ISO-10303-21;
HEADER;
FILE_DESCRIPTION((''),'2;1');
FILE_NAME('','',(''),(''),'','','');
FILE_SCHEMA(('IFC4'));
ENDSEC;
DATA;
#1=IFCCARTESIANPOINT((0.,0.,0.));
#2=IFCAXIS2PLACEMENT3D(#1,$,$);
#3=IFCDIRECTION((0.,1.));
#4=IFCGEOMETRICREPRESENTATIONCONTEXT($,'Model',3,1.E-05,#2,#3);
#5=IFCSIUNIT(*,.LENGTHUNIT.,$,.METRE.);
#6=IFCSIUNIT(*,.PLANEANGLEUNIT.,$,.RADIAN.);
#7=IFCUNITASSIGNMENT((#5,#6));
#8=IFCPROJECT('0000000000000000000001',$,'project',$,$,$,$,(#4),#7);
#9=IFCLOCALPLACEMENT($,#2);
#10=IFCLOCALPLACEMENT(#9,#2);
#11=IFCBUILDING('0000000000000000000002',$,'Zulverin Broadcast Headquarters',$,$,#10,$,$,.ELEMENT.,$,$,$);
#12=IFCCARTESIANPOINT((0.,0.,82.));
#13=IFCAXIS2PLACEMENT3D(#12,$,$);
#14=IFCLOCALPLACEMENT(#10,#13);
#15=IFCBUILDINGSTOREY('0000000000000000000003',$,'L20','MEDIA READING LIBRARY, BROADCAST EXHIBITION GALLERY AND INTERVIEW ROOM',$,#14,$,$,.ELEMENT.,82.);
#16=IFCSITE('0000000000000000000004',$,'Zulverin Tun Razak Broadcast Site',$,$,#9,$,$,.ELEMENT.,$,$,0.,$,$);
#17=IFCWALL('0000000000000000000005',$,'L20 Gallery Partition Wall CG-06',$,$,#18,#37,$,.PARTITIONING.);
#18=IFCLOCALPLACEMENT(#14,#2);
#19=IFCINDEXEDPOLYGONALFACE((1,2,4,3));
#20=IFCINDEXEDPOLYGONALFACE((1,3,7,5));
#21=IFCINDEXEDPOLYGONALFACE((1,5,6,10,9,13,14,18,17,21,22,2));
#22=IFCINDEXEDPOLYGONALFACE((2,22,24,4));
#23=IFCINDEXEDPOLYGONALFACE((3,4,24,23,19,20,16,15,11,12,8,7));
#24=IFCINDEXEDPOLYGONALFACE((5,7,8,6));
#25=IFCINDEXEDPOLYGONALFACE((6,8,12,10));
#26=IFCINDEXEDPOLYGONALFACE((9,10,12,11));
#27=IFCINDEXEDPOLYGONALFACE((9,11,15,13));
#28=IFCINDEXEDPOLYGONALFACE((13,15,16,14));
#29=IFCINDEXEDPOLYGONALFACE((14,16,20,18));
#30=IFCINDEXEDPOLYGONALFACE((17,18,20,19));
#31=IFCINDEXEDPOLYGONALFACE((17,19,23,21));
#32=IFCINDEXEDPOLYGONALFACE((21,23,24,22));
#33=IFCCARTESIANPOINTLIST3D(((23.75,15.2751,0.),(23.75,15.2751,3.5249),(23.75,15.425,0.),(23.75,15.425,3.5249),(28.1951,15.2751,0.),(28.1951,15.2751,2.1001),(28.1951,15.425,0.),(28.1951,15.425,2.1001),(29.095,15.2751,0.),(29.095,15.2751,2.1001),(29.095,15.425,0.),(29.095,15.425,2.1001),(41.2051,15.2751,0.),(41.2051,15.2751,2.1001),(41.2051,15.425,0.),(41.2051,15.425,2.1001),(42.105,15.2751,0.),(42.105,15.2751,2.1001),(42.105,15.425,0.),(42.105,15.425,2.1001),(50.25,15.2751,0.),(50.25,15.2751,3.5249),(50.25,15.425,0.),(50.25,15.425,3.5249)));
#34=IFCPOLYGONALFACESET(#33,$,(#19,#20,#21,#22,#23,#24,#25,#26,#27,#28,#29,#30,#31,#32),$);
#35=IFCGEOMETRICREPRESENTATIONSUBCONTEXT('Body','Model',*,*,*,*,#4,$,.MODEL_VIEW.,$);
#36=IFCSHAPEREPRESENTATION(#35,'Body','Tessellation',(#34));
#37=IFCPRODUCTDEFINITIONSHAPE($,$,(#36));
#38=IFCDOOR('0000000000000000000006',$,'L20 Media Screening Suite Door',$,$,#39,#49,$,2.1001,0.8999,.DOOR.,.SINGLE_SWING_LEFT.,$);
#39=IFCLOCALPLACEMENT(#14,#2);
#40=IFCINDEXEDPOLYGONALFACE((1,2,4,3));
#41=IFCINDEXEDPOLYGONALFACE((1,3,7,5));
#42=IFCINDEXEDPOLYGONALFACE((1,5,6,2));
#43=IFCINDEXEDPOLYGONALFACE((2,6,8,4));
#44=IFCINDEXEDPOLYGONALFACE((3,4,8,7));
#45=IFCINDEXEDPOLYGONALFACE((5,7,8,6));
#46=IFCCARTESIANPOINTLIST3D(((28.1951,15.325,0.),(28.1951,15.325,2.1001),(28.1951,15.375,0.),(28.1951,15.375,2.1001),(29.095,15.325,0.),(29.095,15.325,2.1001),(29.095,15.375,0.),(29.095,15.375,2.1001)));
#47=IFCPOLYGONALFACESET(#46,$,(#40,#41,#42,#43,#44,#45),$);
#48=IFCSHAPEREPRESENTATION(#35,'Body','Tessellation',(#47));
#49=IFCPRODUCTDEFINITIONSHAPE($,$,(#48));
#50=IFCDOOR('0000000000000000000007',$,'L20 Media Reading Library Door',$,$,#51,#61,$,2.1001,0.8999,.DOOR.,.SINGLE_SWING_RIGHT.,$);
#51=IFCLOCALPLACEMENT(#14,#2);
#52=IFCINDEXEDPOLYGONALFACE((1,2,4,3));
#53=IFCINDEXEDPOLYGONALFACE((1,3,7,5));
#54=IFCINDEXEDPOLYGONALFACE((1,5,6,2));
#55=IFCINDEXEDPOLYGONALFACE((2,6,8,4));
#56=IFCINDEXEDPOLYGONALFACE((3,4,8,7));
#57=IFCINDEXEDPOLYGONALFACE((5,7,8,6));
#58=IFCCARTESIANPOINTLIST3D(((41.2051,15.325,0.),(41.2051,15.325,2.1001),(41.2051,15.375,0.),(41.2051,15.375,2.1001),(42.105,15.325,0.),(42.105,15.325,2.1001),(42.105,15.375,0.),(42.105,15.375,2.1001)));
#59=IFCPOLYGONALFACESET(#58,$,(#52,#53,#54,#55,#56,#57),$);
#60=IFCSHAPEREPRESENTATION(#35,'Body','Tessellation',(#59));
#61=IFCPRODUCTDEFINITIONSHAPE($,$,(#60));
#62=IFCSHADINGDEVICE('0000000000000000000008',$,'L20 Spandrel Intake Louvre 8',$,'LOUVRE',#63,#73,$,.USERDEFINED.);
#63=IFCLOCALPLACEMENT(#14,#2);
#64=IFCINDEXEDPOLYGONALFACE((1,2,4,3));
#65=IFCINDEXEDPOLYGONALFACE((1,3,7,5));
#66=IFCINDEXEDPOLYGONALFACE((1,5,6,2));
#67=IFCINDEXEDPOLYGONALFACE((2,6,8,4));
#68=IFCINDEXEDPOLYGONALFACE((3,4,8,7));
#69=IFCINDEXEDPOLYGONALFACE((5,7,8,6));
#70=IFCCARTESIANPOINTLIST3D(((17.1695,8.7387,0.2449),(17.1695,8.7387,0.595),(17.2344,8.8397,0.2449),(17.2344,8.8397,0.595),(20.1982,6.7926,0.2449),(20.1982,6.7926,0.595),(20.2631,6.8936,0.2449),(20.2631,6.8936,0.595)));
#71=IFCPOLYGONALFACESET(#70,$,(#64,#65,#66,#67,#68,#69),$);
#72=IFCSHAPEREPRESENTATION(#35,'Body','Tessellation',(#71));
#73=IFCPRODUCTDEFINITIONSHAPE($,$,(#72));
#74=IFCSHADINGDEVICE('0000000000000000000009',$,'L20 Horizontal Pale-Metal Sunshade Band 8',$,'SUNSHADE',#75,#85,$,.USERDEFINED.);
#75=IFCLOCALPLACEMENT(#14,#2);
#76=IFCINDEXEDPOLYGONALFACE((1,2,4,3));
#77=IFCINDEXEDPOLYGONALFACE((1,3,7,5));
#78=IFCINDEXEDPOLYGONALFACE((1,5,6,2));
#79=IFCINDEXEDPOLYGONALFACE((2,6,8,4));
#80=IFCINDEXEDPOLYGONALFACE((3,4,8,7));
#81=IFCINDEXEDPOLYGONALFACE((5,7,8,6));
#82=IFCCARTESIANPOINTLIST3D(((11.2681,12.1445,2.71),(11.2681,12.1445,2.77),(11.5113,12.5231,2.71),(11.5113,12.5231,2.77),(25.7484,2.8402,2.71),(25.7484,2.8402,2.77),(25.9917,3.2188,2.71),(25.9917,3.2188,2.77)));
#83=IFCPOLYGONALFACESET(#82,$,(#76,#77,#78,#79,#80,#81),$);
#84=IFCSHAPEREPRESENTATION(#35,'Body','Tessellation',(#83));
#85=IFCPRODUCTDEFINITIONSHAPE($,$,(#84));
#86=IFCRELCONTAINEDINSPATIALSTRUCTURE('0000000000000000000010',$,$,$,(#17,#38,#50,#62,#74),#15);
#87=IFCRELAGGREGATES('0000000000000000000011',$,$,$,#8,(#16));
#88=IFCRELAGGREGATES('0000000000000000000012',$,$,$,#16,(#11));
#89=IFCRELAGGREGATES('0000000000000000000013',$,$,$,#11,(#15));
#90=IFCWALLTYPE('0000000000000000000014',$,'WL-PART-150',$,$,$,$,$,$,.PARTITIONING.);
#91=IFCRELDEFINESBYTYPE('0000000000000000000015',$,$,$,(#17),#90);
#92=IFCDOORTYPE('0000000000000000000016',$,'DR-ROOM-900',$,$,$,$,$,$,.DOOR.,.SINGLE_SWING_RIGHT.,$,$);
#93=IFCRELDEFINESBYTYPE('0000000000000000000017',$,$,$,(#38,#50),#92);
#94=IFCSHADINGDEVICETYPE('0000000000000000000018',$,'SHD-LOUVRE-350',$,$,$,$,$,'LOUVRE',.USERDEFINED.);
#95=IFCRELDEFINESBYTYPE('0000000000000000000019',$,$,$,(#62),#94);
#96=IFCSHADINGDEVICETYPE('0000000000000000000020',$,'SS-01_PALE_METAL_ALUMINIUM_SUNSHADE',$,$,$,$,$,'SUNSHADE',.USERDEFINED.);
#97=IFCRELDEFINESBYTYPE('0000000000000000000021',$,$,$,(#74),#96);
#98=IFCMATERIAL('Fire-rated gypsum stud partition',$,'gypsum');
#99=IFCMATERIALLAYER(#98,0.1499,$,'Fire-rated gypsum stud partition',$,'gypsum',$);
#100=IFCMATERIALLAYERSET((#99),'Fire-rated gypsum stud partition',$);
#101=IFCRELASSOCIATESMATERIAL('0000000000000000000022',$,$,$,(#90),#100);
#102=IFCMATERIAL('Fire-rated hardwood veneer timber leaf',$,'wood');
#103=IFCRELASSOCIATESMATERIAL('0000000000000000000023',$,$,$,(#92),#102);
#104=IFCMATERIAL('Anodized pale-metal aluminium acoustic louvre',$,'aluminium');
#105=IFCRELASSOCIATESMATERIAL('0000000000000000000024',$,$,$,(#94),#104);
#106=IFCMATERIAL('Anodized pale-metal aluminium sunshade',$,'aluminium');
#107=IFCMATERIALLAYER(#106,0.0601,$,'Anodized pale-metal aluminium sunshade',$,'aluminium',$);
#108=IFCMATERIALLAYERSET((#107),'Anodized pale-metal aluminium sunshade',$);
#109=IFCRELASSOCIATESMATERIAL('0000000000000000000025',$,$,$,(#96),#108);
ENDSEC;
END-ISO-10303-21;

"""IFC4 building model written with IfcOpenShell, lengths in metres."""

from ifc_helpers import new_model, si_unit, direction, frame, frame_2d, origin, origin_2d, place, context, subcontext, project, spatial, rectangle, extrude, material, layer, layer_set, type_object, element, fill, save


model = new_model("IFC4")

# Units and contexts
model_context = context("Model", 3, precision=1e-05, world=origin(), true_north=direction((0.0, 1.0)))
body_context = subcontext(model_context, "Body", "Model", "MODEL_VIEW")
ifc_project = project(units=[si_unit("LENGTHUNIT", "METRE"), si_unit("PLANEANGLEUNIT", "RADIAN")], contexts=[model_context])

# Site, building, storey
site_placement = place(None, origin())
site = spatial("IfcSite", under=ifc_project, at=site_placement, Name="Zulverin Tun Razak Broadcast Site", CompositionType="ELEMENT", RefElevation=0.0)
building_placement = place(site_placement, origin())
building = spatial("IfcBuilding", under=site, at=building_placement, Name="Zulverin Broadcast Headquarters", CompositionType="ELEMENT")
storey_placement = place(building_placement, frame((0.0, 0.0, 82.0)))
storey = spatial("IfcBuildingStorey", under=building, at=storey_placement, Name="L20", Description="MEDIA READING LIBRARY, BROADCAST EXHIBITION GALLERY AND INTERVIEW ROOM", CompositionType="ELEMENT", Elevation=82.0)

# Wall, openings, doors
ifc_material_1 = material(Name="Fire-rated gypsum stud partition", Category="gypsum")
ifc_layer_1 = layer(ifc_material_1, 0.1499, Name="Fire-rated gypsum stud partition", Category="gypsum")
ifc_layer_set_1 = layer_set([ifc_layer_1], Name="Fire-rated gypsum stud partition")
wall_type_1 = type_object("IfcWallType", Name="WL-PART-150", PredefinedType="PARTITIONING", material=ifc_layer_set_1)
ifc_material_2 = material(Name="Fire-rated hardwood veneer timber leaf", Category="wood")
door_type = type_object("IfcDoorType", Name="DR-ROOM-900", OperationType="SINGLE_SWING_RIGHT", PredefinedType="DOOR", material=ifc_material_2)
wall_1_placement = place(storey_placement, frame((23.75, 15.3501, 0.0), z_axis=(0.0, 0.0, 1.0), x_axis=(1.0, 0.0, 0.0)))
wall_1 = element("IfcWall", 1, at=wall_1_placement, inside=storey, type_object=wall_type_1, Name="L20 Gallery Partition Wall CG-06", PredefinedType="PARTITIONING", context=body_context, shape_type="SweptSolid", body=[
    extrude(rectangle(XDim=26.5, YDim=0.1499, at=frame_2d((13.25, 0.0))), origin(), (0.0, 0.0, 1.0), 3.5249),
])
opening_1_placement = place(wall_1_placement, frame((4.4451, 0.0, 0.0)))
opening_1 = element("IfcOpeningElement", 2, at=opening_1_placement, cuts=wall_1, PredefinedType="OPENING", context=body_context, shape_type="SweptSolid", body=[
    extrude(rectangle(XDim=0.8999, YDim=2.1001, at=frame_2d((0.45, 1.05))), frame((0.0, 0.085, 0.0), z_axis=(0.0, -1.0, 0.0), x_axis=(1.0, 0.0, 0.0)), (0.0, 0.0, 1.0), 0.1699),
])
opening_2_placement = place(wall_1_placement, frame((17.4551, 0.0, 0.0)))
opening_2 = element("IfcOpeningElement", 3, at=opening_2_placement, cuts=wall_1, PredefinedType="OPENING", context=body_context, shape_type="SweptSolid", body=[
    extrude(rectangle(XDim=0.8999, YDim=2.1001, at=frame_2d((0.45, 1.05))), frame((0.0, 0.085, 0.0), z_axis=(0.0, -1.0, 0.0), x_axis=(1.0, 0.0, 0.0)), (0.0, 0.0, 1.0), 0.1699),
])
door_1_placement = place(opening_1_placement, origin())
door_1 = element("IfcDoor", 4, at=door_1_placement, inside=storey, type_object=door_type, Name="L20 Media Screening Suite Door", OperationType="SINGLE_SWING_LEFT", OverallHeight=2.1001, OverallWidth=0.8999, PredefinedType="DOOR", context=body_context, shape_type="SweptSolid", body=[
    extrude(rectangle(XDim=0.8999, YDim=2.1001, at=frame_2d((0.45, 1.05))), frame((0.0, 0.0249, 0.0), z_axis=(0.0, -1.0, 0.0), x_axis=(1.0, 0.0, 0.0)), (0.0, 0.0, 1.0), 0.05),
])
fill(opening_1, door_1)
door_2_placement = place(opening_2_placement, origin())
door_2 = element("IfcDoor", 5, at=door_2_placement, inside=storey, type_object=door_type, Name="L20 Media Reading Library Door", OperationType="SINGLE_SWING_RIGHT", OverallHeight=2.1001, OverallWidth=0.8999, PredefinedType="DOOR", context=body_context, shape_type="SweptSolid", body=[
    extrude(rectangle(XDim=0.8999, YDim=2.1001, at=frame_2d((0.45, 1.05))), frame((0.0, 0.0249, 0.0), z_axis=(0.0, -1.0, 0.0), x_axis=(1.0, 0.0, 0.0)), (0.0, 0.0, 1.0), 0.05),
])
fill(opening_2, door_2)

# Shading devices
ifc_material_3 = material(Name="Anodized pale-metal aluminium acoustic louvre", Category="aluminium")
shading_device_type_1 = type_object("IfcShadingDeviceType", Name="SHD-LOUVRE-350", ElementType="LOUVRE", PredefinedType="USERDEFINED", material=ifc_material_3)
shading_device_1_placement = place(storey_placement, frame((18.7163, 7.8162, 0.2449), z_axis=(0.0, 0.0, 1.0), x_axis=(0.841297, -0.540574, 0.0)))
element("IfcShadingDevice", 6, at=shading_device_1_placement, inside=storey, type_object=shading_device_type_1, Name="L20 Spandrel Intake Louvre 8", ObjectType="LOUVRE", PredefinedType="USERDEFINED", context=body_context, shape_type="SweptSolid", body=[
    extrude(rectangle(XDim=3.6001, YDim=0.1201, at=origin_2d()), origin(), (0.0, 0.0, 1.0), 0.3501),
])
ifc_material_4 = material(Name="Anodized pale-metal aluminium sunshade", Category="aluminium")
ifc_layer_2 = layer(ifc_material_4, 0.0601, Name="Anodized pale-metal aluminium sunshade", Category="aluminium")
ifc_layer_set_2 = layer_set([ifc_layer_2], Name="Anodized pale-metal aluminium sunshade")
shading_device_type_2 = type_object("IfcShadingDeviceType", Name="SS-01_PALE_METAL_ALUMINIUM_SUNSHADE", ElementType="SUNSHADE", PredefinedType="USERDEFINED", material=ifc_layer_set_2)
shading_device_2_placement = place(storey_placement, frame((18.6299, 7.6816, 2.71), z_axis=(0.0, 0.0, 1.0), x_axis=(0.841297, -0.540574, 0.0)))
element("IfcShadingDevice", 7, at=shading_device_2_placement, inside=storey, type_object=shading_device_type_2, Name="L20 Horizontal Pale-Metal Sunshade Band 8", ObjectType="SUNSHADE", PredefinedType="USERDEFINED", context=body_context, shape_type="SweptSolid", body=[
    extrude(rectangle(XDim=17.2119, YDim=0.45, at=origin_2d()), origin(), (0.0, 0.0, 1.0), 0.0601),
])

save(model, "model.ifc")
